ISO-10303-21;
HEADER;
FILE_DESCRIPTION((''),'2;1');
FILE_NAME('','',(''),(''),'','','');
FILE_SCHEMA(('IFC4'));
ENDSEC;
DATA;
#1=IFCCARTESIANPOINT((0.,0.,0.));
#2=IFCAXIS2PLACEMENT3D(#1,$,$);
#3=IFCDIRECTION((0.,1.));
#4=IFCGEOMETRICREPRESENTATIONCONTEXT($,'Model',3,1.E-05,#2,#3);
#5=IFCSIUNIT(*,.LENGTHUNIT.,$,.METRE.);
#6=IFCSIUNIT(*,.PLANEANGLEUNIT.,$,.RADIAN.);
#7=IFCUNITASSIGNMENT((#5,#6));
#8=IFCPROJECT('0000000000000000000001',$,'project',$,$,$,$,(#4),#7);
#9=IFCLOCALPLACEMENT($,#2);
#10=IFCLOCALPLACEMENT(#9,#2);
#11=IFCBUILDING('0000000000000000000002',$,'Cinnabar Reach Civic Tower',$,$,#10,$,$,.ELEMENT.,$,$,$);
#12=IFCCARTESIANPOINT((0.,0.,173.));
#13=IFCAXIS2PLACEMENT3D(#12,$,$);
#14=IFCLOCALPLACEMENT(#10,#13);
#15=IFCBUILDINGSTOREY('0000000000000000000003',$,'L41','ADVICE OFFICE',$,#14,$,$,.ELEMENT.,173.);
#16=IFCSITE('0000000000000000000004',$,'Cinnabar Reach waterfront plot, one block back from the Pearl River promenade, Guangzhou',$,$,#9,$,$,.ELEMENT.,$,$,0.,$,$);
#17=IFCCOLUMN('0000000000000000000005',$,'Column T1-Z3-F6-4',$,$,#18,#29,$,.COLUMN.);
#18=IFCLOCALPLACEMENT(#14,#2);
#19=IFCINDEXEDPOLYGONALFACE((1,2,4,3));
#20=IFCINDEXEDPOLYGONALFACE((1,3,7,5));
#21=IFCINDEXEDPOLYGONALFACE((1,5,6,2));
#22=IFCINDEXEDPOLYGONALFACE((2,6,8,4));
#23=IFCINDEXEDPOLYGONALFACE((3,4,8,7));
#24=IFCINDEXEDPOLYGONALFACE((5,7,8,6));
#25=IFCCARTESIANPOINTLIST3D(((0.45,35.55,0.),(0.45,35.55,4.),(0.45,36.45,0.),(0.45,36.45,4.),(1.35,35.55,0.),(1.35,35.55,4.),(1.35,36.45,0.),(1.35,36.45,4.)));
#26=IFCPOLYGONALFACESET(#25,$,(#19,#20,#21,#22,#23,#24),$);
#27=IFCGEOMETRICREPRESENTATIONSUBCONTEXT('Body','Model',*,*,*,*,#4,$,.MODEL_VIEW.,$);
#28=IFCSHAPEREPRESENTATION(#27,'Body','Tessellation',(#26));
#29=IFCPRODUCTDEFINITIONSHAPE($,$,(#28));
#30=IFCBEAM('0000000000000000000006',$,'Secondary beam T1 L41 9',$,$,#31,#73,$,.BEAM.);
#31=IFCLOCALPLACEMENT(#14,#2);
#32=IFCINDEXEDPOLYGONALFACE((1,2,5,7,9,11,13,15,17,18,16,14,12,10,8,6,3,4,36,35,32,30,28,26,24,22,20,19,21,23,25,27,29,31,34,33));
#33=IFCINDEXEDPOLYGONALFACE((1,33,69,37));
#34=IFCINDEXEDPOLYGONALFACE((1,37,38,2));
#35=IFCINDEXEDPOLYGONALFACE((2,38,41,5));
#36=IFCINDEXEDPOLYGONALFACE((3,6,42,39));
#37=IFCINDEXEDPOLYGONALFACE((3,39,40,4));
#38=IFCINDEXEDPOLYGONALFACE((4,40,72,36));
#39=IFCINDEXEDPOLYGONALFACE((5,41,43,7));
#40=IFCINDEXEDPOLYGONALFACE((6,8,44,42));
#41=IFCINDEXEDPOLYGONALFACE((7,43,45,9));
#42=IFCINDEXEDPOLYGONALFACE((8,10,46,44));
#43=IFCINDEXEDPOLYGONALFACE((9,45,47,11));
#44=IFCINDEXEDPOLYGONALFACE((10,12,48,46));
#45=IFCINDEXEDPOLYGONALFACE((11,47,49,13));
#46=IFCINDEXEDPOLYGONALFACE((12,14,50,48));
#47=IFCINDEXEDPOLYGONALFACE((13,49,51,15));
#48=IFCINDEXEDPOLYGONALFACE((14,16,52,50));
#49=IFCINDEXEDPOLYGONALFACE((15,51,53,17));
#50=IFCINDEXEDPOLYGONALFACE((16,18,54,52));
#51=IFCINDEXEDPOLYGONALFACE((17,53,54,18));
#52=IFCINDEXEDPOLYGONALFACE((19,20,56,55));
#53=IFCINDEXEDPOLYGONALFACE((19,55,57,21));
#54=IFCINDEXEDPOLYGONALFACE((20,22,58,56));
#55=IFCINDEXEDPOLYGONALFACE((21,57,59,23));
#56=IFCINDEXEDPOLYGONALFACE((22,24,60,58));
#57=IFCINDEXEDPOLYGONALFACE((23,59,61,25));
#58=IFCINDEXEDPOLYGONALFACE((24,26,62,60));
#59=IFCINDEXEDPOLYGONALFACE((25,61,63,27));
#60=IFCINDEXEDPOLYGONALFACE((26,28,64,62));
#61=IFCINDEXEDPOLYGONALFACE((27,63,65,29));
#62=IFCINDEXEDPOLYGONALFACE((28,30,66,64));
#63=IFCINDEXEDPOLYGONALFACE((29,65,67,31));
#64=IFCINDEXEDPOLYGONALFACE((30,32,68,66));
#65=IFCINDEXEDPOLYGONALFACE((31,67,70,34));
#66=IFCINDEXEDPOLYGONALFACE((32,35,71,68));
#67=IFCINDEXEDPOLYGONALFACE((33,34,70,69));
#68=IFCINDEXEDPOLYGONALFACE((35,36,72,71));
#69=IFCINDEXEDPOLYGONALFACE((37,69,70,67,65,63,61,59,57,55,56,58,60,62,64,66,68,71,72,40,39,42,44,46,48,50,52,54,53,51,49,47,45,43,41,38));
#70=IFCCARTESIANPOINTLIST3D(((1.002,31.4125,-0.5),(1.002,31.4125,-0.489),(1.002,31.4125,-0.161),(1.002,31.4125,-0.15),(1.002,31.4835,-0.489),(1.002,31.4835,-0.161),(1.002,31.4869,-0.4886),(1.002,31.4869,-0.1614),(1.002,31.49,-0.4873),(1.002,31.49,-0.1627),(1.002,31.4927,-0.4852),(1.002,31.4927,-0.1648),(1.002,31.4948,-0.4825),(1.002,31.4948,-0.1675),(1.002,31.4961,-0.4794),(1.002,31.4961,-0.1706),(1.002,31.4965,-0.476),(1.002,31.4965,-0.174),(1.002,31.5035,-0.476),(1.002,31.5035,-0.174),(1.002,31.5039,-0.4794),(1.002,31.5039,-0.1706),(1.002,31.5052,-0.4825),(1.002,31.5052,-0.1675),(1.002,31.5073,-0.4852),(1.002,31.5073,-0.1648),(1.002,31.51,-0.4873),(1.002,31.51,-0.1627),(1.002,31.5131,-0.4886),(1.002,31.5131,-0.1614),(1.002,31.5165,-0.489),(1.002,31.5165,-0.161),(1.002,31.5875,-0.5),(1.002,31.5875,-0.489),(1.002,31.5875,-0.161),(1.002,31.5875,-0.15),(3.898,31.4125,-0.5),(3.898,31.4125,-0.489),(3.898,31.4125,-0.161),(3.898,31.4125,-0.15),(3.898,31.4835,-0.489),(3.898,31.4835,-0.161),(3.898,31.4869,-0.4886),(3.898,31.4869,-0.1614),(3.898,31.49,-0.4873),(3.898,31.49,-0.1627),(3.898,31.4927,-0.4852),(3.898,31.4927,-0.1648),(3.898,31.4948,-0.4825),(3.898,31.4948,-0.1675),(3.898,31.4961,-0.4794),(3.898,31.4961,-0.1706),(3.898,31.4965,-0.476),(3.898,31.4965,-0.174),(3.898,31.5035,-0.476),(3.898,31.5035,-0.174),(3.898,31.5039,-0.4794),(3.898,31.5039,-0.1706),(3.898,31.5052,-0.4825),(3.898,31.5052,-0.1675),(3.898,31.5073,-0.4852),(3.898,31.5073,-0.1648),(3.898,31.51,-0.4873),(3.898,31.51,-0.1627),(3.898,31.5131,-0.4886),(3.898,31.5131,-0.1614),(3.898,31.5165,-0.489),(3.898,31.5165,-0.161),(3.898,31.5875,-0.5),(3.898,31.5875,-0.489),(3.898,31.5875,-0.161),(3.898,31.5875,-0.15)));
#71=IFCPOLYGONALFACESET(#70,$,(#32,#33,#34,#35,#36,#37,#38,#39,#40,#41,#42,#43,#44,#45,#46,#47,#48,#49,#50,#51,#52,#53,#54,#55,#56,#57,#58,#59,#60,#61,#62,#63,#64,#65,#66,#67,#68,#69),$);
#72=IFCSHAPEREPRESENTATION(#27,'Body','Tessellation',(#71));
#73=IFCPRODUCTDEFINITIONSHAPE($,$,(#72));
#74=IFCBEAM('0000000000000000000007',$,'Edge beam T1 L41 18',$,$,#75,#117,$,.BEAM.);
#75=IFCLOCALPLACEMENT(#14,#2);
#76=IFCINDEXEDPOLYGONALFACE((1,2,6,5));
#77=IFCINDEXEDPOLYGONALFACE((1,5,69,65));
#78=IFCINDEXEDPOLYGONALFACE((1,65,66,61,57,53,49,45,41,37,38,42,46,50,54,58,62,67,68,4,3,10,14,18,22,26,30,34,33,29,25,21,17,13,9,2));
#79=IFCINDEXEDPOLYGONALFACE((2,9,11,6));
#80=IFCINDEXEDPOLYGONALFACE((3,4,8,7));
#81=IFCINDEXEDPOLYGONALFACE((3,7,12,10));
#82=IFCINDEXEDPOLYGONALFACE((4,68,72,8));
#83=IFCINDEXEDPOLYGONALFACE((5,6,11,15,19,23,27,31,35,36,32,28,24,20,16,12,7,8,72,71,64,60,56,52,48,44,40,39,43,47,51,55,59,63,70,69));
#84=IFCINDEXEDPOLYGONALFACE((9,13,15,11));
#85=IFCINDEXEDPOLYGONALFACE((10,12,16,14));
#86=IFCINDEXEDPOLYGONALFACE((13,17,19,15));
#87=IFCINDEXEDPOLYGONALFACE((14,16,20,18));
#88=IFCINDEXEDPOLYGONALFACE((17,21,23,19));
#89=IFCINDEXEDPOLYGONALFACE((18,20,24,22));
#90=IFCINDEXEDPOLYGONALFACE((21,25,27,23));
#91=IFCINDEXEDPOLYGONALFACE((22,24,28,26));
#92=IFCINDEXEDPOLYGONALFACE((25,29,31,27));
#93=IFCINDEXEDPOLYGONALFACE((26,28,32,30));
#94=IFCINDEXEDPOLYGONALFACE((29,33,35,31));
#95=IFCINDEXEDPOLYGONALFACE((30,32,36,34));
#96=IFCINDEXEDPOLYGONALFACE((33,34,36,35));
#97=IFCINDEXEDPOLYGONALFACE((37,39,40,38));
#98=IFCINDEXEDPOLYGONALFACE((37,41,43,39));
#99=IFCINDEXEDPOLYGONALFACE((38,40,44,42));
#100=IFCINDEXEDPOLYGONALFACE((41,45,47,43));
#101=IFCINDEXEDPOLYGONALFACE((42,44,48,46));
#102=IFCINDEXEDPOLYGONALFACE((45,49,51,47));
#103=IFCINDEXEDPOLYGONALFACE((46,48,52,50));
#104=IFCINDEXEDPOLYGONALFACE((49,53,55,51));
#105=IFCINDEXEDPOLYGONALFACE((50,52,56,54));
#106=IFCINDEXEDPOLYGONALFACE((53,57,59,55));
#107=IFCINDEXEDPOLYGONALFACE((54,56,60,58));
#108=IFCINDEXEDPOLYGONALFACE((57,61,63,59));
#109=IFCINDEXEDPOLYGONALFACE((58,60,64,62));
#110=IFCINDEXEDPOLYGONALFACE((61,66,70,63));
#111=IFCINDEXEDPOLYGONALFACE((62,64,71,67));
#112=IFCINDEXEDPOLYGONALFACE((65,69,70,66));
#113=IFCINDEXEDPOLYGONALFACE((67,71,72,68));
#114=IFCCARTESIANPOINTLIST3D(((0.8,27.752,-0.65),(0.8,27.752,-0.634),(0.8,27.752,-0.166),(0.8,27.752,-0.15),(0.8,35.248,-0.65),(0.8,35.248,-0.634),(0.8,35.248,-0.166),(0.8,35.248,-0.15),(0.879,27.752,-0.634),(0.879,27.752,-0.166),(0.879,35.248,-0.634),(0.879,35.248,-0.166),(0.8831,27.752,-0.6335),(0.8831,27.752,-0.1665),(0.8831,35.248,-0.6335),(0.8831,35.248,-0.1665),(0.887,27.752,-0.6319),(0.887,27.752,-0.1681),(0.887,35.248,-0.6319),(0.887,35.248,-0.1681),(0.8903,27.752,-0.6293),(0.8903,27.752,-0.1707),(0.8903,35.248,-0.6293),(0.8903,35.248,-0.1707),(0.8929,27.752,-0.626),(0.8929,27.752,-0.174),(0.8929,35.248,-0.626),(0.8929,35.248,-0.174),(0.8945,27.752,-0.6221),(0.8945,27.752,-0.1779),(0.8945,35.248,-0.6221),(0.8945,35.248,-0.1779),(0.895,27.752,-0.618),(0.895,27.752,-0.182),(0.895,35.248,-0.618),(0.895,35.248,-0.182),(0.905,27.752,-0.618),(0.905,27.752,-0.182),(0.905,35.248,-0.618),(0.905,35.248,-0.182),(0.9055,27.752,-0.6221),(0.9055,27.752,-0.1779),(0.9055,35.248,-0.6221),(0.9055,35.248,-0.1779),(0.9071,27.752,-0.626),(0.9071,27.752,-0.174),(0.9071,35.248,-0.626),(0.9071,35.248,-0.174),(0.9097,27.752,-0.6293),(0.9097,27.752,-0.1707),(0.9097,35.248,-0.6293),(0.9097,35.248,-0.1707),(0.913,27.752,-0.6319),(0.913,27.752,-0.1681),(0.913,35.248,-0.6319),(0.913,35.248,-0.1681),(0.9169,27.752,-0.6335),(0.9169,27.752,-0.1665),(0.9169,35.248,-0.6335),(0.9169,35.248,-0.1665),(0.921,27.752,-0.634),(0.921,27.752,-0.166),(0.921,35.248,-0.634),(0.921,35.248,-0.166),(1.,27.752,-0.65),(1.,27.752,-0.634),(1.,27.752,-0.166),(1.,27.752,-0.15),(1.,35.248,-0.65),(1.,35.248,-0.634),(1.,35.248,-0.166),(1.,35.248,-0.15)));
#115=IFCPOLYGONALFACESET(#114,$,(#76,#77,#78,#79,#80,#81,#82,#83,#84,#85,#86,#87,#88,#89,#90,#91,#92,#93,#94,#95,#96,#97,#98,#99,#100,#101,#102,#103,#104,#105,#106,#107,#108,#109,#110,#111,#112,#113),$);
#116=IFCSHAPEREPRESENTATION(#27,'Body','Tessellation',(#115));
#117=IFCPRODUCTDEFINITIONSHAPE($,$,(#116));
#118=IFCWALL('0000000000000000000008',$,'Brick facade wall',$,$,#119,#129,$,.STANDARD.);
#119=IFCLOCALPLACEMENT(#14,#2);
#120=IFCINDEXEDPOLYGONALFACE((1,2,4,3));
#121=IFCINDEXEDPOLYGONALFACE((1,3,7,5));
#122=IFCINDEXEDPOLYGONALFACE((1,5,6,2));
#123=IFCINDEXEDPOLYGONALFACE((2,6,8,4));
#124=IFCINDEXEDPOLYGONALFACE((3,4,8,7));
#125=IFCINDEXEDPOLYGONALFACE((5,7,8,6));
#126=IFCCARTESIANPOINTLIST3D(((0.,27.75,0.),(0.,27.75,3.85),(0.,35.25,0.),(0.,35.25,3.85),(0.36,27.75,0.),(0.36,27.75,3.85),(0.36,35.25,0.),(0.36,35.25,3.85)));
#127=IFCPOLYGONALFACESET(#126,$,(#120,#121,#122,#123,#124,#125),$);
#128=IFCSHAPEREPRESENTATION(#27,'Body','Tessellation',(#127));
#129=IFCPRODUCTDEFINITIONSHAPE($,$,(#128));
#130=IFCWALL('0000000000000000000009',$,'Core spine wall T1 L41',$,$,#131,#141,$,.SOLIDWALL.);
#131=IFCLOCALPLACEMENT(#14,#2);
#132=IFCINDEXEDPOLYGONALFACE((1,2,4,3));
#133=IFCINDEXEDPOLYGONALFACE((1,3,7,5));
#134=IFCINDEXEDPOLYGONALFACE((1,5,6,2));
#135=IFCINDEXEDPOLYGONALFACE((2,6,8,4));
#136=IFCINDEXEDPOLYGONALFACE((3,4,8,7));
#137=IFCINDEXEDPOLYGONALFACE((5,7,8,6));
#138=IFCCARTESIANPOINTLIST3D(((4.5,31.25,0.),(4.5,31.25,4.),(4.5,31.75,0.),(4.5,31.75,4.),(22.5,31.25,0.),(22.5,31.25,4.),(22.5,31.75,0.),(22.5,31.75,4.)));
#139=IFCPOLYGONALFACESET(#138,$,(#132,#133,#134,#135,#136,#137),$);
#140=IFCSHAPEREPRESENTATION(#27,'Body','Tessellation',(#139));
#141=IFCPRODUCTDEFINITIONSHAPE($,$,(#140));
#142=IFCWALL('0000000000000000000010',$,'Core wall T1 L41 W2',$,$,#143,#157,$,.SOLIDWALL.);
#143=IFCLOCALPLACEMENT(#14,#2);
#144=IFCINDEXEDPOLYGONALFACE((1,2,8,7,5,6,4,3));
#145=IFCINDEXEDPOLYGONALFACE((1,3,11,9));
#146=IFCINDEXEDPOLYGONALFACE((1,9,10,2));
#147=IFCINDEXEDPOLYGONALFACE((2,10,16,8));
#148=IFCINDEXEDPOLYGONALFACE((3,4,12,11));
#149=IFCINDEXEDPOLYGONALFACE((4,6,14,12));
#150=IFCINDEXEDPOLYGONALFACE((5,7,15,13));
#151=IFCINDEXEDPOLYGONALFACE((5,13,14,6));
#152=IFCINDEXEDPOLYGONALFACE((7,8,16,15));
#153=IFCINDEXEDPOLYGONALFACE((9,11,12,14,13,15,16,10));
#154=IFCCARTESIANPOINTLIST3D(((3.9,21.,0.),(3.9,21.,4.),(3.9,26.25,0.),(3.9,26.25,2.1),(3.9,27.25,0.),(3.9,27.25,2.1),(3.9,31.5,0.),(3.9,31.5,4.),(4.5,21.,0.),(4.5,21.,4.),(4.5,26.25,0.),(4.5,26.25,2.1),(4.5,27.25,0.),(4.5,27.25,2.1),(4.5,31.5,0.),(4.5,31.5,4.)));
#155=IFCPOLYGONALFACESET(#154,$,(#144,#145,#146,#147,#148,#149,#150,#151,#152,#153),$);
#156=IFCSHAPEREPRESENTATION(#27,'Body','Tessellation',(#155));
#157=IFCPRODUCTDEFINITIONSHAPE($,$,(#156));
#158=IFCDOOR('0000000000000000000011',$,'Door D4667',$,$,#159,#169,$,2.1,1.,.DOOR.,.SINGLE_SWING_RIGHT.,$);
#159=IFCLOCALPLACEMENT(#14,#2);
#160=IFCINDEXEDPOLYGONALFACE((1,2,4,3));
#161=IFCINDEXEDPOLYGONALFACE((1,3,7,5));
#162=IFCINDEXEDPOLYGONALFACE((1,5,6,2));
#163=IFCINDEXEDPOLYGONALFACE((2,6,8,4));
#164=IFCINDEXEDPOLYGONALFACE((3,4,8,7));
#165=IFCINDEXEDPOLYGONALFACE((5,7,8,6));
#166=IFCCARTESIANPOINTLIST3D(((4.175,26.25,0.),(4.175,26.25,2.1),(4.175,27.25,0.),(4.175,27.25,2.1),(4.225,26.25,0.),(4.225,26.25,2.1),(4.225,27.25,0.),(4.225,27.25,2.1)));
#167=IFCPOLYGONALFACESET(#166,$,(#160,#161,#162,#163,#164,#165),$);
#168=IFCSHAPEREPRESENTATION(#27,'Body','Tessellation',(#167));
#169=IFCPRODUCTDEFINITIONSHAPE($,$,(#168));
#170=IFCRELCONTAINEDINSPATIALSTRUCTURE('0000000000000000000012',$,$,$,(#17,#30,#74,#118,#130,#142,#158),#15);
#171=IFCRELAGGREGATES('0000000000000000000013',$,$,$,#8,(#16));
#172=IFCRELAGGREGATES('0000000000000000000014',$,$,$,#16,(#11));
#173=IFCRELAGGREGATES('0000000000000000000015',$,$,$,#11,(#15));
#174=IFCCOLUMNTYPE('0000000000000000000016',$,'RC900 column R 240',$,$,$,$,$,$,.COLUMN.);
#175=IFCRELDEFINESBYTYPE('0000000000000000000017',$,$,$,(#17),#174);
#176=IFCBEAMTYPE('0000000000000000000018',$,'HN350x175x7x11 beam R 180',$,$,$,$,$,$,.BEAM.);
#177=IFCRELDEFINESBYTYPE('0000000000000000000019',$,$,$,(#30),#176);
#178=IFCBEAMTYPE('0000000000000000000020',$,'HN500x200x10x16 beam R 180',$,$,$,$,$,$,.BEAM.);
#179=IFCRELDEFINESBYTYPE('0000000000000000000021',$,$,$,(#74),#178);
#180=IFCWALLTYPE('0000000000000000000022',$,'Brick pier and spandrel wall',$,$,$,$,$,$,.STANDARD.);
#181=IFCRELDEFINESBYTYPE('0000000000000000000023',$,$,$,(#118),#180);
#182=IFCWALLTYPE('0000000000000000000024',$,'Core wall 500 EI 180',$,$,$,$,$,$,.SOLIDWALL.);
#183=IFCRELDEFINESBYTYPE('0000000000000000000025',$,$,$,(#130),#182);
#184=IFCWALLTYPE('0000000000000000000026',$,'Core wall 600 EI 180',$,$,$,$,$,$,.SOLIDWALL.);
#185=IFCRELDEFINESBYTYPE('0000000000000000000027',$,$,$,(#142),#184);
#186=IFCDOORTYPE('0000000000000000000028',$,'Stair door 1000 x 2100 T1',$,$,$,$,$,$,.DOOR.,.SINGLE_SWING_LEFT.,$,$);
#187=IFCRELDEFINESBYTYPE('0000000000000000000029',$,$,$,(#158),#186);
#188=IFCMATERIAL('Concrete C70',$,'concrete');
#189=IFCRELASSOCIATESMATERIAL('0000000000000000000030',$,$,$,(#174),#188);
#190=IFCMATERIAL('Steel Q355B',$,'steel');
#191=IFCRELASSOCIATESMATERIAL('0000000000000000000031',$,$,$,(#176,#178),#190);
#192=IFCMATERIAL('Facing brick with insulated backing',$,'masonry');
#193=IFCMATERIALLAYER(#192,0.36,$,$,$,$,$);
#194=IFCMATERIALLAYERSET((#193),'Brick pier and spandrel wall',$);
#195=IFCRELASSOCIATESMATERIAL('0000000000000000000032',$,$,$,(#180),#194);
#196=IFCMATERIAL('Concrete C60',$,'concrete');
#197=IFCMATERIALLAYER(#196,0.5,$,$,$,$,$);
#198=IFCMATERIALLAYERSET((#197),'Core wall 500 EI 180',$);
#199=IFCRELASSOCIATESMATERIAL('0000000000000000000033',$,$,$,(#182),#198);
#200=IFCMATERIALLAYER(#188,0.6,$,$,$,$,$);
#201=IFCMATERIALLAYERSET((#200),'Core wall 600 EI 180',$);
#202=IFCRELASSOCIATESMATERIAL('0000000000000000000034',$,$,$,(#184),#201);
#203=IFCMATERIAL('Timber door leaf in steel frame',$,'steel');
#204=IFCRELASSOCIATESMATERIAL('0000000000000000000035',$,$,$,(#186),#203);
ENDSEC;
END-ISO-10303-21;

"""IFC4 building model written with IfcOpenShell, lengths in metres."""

from ifc_helpers import new_model, si_unit, direction, frame, frame_2d, origin, origin_2d, place, context, subcontext, project, spatial, rectangle, i_section, extrude, material, layer, layer_set, material_profile, profile_set, type_object, element, fill, save


model = new_model("IFC4")

# Units and contexts
model_context = context("Model", 3, precision=1e-05, world=origin(), true_north=direction((0.0, 1.0)))
body_context = subcontext(model_context, "Body", "Model", "MODEL_VIEW")
ifc_project = project(units=[si_unit("LENGTHUNIT", "METRE"), si_unit("PLANEANGLEUNIT", "RADIAN")], contexts=[model_context])

# Site, building, storey
site_placement = place(None, origin())
site = spatial("IfcSite", under=ifc_project, at=site_placement, Name="Cinnabar Reach waterfront plot, one block back from the Pearl River promenade, Guangzhou", CompositionType="ELEMENT", RefElevation=0.0)
building_placement = place(site_placement, origin())
building = spatial("IfcBuilding", under=site, at=building_placement, Name="Cinnabar Reach Civic Tower", CompositionType="ELEMENT")
storey_placement = place(building_placement, frame((0.0, 0.0, 173.0)))
storey = spatial("IfcBuildingStorey", under=building, at=storey_placement, Name="L41", Description="ADVICE OFFICE", CompositionType="ELEMENT", Elevation=173.0)

# Column
ifc_material_1 = material(Name="Concrete C70", Category="concrete")
ifc_material_profile_1 = material_profile(ifc_material_1, rectangle(XDim=0.9, YDim=0.9, at=origin_2d()), Name="RC900")
ifc_profile_set_1 = profile_set([ifc_material_profile_1], Name="Concrete C70")
column_type = type_object("IfcColumnType", Name="RC900 column R 240", PredefinedType="COLUMN", material=ifc_profile_set_1)
column_placement = place(storey_placement, frame((0.9, 36.0, 0.0), z_axis=(0.0, 0.0, 1.0), x_axis=(1.0, 0.0, 0.0)))
element("IfcColumn", 1, at=column_placement, inside=storey, type_object=column_type, Name="Column T1-Z3-F6-4", PredefinedType="COLUMN", context=body_context, shape_type="SweptSolid", body=[
    extrude(rectangle(XDim=0.9, YDim=0.9, at=origin_2d()), origin(), (0.0, 0.0, 1.0), 4.0),
])

# Beams
ifc_material_2 = material(Name="Steel Q355B", Category="steel")
ifc_material_profile_2 = material_profile(ifc_material_2, i_section(OverallWidth=0.175, OverallDepth=0.35, WebThickness=0.007, FlangeThickness=0.011, FilletRadius=0.013, at=origin_2d()), Name="HN350x175x7x11")
ifc_profile_set_2 = profile_set([ifc_material_profile_2], Name="Steel Q355B")
beam_type_1 = type_object("IfcBeamType", Name="HN350x175x7x11 beam R 180", PredefinedType="BEAM", material=ifc_profile_set_2)
beam_1_placement = place(storey_placement, frame((1.002, 31.5, -0.325), z_axis=(1.0, 0.0, 0.0), x_axis=(0.0, 1.0, 0.0)))
element("IfcBeam", 2, at=beam_1_placement, inside=storey, type_object=beam_type_1, Name="Secondary beam T1 L41 9", PredefinedType="BEAM", context=body_context, shape_type="SweptSolid", body=[
    extrude(i_section(OverallWidth=0.175, OverallDepth=0.35, WebThickness=0.007, FlangeThickness=0.011, FilletRadius=0.013, at=origin_2d()), origin(), (0.0, 0.0, 1.0), 2.896),
])
ifc_material_profile_3 = material_profile(ifc_material_2, i_section(OverallWidth=0.2, OverallDepth=0.5, WebThickness=0.01, FlangeThickness=0.016, FilletRadius=0.016, at=origin_2d()), Name="HN500x200x10x16")
ifc_profile_set_3 = profile_set([ifc_material_profile_3], Name="Steel Q355B")
beam_type_2 = type_object("IfcBeamType", Name="HN500x200x10x16 beam R 180", PredefinedType="BEAM", material=ifc_profile_set_3)
beam_2_placement = place(storey_placement, frame((0.9, 35.248, -0.4), z_axis=(0.0, -1.0, 0.0), x_axis=(1.0, 0.0, 0.0)))
element("IfcBeam", 3, at=beam_2_placement, inside=storey, type_object=beam_type_2, Name="Edge beam T1 L41 18", PredefinedType="BEAM", context=body_context, shape_type="SweptSolid", body=[
    extrude(i_section(OverallWidth=0.2, OverallDepth=0.5, WebThickness=0.01, FlangeThickness=0.016, FilletRadius=0.016, at=origin_2d()), origin(), (0.0, 0.0, 1.0), 7.496),
])

# Walls
ifc_material_3 = material(Name="Facing brick with insulated backing", Category="masonry")
ifc_layer_1 = layer(ifc_material_3, 0.36)
ifc_layer_set_1 = layer_set([ifc_layer_1], Name="Brick pier and spandrel wall")
wall_type_1 = type_object("IfcWallType", Name="Brick pier and spandrel wall", PredefinedType="STANDARD", material=ifc_layer_set_1)
wall_1_placement = place(storey_placement, frame((0.18, 35.25, 0.0), z_axis=(0.0, 0.0, 1.0), x_axis=(0.0, -1.0, 0.0)))
element("IfcWall", 4, at=wall_1_placement, inside=storey, type_object=wall_type_1, Name="Brick facade wall", PredefinedType="STANDARD", context=body_context, shape_type="SweptSolid", body=[
    extrude(rectangle(XDim=7.5, YDim=0.36, at=frame_2d((3.75, 0.0))), origin(), (0.0, 0.0, 1.0), 3.85),
])
ifc_material_4 = material(Name="Concrete C60", Category="concrete")
ifc_layer_2 = layer(ifc_material_4, 0.5)
ifc_layer_set_2 = layer_set([ifc_layer_2], Name="Core wall 500 EI 180")
wall_type_2 = type_object("IfcWallType", Name="Core wall 500 EI 180", PredefinedType="SOLIDWALL", material=ifc_layer_set_2)
wall_2_placement = place(storey_placement, frame((4.5, 31.5, 0.0), z_axis=(0.0, 0.0, 1.0), x_axis=(1.0, 0.0, 0.0)))
element("IfcWall", 5, at=wall_2_placement, inside=storey, type_object=wall_type_2, Name="Core spine wall T1 L41", PredefinedType="SOLIDWALL", context=body_context, shape_type="SweptSolid", body=[
    extrude(rectangle(XDim=18.0, YDim=0.5, at=frame_2d((9.0, 0.0))), origin(), (0.0, 0.0, 1.0), 4.0),
])

# Wall, opening, door
ifc_layer_3 = layer(ifc_material_1, 0.6)
ifc_layer_set_3 = layer_set([ifc_layer_3], Name="Core wall 600 EI 180")
wall_type_3 = type_object("IfcWallType", Name="Core wall 600 EI 180", PredefinedType="SOLIDWALL", material=ifc_layer_set_3)
wall_3_placement = place(storey_placement, frame((4.2, 31.5, 0.0), z_axis=(0.0, 0.0, 1.0), x_axis=(0.0, -1.0, 0.0)))
wall_3 = element("IfcWall", 6, at=wall_3_placement, inside=storey, type_object=wall_type_3, Name="Core wall T1 L41 W2", PredefinedType="SOLIDWALL", context=body_context, shape_type="SweptSolid", body=[
    extrude(rectangle(XDim=10.5, YDim=0.6, at=frame_2d((5.25, 0.0))), origin(), (0.0, 0.0, 1.0), 4.0),
])
opening_1_placement = place(wall_3_placement, frame((4.25, 0.0, 0.0)))
opening_1 = element("IfcOpeningElement", 7, at=opening_1_placement, cuts=wall_3, PredefinedType="OPENING", context=body_context, shape_type="SweptSolid", body=[
    extrude(rectangle(XDim=1.0, YDim=2.1, at=frame_2d((0.5, 1.05))), frame((0.0, 0.31, 0.0), z_axis=(0.0, -1.0, 0.0), x_axis=(1.0, 0.0, 0.0)), (0.0, 0.0, 1.0), 0.62),
])
ifc_material_5 = material(Name="Timber door leaf in steel frame", Category="steel")
door_type_1 = type_object("IfcDoorType", Name="Stair door 1000 x 2100 T1", OperationType="SINGLE_SWING_LEFT", PredefinedType="DOOR", material=ifc_material_5)
door_1_placement = place(opening_1_placement, frame((1.0, 0.0, 0.0), z_axis=(0.0, 0.0, 1.0), x_axis=(-1.0, 0.0, 0.0)))
door_1 = element("IfcDoor", 8, at=door_1_placement, inside=storey, type_object=door_type_1, Name="Door D4667", OperationType="SINGLE_SWING_RIGHT", OverallHeight=2.1, OverallWidth=1.0, PredefinedType="DOOR", context=body_context, shape_type="SweptSolid", body=[
    extrude(rectangle(XDim=1.0, YDim=2.1, at=frame_2d((0.5, 1.05))), frame((0.0, 0.025, 0.0), z_axis=(0.0, -1.0, 0.0), x_axis=(1.0, 0.0, 0.0)), (0.0, 0.0, 1.0), 0.05),
])
fill(opening_1, door_1)

save(model, "model.ifc")
